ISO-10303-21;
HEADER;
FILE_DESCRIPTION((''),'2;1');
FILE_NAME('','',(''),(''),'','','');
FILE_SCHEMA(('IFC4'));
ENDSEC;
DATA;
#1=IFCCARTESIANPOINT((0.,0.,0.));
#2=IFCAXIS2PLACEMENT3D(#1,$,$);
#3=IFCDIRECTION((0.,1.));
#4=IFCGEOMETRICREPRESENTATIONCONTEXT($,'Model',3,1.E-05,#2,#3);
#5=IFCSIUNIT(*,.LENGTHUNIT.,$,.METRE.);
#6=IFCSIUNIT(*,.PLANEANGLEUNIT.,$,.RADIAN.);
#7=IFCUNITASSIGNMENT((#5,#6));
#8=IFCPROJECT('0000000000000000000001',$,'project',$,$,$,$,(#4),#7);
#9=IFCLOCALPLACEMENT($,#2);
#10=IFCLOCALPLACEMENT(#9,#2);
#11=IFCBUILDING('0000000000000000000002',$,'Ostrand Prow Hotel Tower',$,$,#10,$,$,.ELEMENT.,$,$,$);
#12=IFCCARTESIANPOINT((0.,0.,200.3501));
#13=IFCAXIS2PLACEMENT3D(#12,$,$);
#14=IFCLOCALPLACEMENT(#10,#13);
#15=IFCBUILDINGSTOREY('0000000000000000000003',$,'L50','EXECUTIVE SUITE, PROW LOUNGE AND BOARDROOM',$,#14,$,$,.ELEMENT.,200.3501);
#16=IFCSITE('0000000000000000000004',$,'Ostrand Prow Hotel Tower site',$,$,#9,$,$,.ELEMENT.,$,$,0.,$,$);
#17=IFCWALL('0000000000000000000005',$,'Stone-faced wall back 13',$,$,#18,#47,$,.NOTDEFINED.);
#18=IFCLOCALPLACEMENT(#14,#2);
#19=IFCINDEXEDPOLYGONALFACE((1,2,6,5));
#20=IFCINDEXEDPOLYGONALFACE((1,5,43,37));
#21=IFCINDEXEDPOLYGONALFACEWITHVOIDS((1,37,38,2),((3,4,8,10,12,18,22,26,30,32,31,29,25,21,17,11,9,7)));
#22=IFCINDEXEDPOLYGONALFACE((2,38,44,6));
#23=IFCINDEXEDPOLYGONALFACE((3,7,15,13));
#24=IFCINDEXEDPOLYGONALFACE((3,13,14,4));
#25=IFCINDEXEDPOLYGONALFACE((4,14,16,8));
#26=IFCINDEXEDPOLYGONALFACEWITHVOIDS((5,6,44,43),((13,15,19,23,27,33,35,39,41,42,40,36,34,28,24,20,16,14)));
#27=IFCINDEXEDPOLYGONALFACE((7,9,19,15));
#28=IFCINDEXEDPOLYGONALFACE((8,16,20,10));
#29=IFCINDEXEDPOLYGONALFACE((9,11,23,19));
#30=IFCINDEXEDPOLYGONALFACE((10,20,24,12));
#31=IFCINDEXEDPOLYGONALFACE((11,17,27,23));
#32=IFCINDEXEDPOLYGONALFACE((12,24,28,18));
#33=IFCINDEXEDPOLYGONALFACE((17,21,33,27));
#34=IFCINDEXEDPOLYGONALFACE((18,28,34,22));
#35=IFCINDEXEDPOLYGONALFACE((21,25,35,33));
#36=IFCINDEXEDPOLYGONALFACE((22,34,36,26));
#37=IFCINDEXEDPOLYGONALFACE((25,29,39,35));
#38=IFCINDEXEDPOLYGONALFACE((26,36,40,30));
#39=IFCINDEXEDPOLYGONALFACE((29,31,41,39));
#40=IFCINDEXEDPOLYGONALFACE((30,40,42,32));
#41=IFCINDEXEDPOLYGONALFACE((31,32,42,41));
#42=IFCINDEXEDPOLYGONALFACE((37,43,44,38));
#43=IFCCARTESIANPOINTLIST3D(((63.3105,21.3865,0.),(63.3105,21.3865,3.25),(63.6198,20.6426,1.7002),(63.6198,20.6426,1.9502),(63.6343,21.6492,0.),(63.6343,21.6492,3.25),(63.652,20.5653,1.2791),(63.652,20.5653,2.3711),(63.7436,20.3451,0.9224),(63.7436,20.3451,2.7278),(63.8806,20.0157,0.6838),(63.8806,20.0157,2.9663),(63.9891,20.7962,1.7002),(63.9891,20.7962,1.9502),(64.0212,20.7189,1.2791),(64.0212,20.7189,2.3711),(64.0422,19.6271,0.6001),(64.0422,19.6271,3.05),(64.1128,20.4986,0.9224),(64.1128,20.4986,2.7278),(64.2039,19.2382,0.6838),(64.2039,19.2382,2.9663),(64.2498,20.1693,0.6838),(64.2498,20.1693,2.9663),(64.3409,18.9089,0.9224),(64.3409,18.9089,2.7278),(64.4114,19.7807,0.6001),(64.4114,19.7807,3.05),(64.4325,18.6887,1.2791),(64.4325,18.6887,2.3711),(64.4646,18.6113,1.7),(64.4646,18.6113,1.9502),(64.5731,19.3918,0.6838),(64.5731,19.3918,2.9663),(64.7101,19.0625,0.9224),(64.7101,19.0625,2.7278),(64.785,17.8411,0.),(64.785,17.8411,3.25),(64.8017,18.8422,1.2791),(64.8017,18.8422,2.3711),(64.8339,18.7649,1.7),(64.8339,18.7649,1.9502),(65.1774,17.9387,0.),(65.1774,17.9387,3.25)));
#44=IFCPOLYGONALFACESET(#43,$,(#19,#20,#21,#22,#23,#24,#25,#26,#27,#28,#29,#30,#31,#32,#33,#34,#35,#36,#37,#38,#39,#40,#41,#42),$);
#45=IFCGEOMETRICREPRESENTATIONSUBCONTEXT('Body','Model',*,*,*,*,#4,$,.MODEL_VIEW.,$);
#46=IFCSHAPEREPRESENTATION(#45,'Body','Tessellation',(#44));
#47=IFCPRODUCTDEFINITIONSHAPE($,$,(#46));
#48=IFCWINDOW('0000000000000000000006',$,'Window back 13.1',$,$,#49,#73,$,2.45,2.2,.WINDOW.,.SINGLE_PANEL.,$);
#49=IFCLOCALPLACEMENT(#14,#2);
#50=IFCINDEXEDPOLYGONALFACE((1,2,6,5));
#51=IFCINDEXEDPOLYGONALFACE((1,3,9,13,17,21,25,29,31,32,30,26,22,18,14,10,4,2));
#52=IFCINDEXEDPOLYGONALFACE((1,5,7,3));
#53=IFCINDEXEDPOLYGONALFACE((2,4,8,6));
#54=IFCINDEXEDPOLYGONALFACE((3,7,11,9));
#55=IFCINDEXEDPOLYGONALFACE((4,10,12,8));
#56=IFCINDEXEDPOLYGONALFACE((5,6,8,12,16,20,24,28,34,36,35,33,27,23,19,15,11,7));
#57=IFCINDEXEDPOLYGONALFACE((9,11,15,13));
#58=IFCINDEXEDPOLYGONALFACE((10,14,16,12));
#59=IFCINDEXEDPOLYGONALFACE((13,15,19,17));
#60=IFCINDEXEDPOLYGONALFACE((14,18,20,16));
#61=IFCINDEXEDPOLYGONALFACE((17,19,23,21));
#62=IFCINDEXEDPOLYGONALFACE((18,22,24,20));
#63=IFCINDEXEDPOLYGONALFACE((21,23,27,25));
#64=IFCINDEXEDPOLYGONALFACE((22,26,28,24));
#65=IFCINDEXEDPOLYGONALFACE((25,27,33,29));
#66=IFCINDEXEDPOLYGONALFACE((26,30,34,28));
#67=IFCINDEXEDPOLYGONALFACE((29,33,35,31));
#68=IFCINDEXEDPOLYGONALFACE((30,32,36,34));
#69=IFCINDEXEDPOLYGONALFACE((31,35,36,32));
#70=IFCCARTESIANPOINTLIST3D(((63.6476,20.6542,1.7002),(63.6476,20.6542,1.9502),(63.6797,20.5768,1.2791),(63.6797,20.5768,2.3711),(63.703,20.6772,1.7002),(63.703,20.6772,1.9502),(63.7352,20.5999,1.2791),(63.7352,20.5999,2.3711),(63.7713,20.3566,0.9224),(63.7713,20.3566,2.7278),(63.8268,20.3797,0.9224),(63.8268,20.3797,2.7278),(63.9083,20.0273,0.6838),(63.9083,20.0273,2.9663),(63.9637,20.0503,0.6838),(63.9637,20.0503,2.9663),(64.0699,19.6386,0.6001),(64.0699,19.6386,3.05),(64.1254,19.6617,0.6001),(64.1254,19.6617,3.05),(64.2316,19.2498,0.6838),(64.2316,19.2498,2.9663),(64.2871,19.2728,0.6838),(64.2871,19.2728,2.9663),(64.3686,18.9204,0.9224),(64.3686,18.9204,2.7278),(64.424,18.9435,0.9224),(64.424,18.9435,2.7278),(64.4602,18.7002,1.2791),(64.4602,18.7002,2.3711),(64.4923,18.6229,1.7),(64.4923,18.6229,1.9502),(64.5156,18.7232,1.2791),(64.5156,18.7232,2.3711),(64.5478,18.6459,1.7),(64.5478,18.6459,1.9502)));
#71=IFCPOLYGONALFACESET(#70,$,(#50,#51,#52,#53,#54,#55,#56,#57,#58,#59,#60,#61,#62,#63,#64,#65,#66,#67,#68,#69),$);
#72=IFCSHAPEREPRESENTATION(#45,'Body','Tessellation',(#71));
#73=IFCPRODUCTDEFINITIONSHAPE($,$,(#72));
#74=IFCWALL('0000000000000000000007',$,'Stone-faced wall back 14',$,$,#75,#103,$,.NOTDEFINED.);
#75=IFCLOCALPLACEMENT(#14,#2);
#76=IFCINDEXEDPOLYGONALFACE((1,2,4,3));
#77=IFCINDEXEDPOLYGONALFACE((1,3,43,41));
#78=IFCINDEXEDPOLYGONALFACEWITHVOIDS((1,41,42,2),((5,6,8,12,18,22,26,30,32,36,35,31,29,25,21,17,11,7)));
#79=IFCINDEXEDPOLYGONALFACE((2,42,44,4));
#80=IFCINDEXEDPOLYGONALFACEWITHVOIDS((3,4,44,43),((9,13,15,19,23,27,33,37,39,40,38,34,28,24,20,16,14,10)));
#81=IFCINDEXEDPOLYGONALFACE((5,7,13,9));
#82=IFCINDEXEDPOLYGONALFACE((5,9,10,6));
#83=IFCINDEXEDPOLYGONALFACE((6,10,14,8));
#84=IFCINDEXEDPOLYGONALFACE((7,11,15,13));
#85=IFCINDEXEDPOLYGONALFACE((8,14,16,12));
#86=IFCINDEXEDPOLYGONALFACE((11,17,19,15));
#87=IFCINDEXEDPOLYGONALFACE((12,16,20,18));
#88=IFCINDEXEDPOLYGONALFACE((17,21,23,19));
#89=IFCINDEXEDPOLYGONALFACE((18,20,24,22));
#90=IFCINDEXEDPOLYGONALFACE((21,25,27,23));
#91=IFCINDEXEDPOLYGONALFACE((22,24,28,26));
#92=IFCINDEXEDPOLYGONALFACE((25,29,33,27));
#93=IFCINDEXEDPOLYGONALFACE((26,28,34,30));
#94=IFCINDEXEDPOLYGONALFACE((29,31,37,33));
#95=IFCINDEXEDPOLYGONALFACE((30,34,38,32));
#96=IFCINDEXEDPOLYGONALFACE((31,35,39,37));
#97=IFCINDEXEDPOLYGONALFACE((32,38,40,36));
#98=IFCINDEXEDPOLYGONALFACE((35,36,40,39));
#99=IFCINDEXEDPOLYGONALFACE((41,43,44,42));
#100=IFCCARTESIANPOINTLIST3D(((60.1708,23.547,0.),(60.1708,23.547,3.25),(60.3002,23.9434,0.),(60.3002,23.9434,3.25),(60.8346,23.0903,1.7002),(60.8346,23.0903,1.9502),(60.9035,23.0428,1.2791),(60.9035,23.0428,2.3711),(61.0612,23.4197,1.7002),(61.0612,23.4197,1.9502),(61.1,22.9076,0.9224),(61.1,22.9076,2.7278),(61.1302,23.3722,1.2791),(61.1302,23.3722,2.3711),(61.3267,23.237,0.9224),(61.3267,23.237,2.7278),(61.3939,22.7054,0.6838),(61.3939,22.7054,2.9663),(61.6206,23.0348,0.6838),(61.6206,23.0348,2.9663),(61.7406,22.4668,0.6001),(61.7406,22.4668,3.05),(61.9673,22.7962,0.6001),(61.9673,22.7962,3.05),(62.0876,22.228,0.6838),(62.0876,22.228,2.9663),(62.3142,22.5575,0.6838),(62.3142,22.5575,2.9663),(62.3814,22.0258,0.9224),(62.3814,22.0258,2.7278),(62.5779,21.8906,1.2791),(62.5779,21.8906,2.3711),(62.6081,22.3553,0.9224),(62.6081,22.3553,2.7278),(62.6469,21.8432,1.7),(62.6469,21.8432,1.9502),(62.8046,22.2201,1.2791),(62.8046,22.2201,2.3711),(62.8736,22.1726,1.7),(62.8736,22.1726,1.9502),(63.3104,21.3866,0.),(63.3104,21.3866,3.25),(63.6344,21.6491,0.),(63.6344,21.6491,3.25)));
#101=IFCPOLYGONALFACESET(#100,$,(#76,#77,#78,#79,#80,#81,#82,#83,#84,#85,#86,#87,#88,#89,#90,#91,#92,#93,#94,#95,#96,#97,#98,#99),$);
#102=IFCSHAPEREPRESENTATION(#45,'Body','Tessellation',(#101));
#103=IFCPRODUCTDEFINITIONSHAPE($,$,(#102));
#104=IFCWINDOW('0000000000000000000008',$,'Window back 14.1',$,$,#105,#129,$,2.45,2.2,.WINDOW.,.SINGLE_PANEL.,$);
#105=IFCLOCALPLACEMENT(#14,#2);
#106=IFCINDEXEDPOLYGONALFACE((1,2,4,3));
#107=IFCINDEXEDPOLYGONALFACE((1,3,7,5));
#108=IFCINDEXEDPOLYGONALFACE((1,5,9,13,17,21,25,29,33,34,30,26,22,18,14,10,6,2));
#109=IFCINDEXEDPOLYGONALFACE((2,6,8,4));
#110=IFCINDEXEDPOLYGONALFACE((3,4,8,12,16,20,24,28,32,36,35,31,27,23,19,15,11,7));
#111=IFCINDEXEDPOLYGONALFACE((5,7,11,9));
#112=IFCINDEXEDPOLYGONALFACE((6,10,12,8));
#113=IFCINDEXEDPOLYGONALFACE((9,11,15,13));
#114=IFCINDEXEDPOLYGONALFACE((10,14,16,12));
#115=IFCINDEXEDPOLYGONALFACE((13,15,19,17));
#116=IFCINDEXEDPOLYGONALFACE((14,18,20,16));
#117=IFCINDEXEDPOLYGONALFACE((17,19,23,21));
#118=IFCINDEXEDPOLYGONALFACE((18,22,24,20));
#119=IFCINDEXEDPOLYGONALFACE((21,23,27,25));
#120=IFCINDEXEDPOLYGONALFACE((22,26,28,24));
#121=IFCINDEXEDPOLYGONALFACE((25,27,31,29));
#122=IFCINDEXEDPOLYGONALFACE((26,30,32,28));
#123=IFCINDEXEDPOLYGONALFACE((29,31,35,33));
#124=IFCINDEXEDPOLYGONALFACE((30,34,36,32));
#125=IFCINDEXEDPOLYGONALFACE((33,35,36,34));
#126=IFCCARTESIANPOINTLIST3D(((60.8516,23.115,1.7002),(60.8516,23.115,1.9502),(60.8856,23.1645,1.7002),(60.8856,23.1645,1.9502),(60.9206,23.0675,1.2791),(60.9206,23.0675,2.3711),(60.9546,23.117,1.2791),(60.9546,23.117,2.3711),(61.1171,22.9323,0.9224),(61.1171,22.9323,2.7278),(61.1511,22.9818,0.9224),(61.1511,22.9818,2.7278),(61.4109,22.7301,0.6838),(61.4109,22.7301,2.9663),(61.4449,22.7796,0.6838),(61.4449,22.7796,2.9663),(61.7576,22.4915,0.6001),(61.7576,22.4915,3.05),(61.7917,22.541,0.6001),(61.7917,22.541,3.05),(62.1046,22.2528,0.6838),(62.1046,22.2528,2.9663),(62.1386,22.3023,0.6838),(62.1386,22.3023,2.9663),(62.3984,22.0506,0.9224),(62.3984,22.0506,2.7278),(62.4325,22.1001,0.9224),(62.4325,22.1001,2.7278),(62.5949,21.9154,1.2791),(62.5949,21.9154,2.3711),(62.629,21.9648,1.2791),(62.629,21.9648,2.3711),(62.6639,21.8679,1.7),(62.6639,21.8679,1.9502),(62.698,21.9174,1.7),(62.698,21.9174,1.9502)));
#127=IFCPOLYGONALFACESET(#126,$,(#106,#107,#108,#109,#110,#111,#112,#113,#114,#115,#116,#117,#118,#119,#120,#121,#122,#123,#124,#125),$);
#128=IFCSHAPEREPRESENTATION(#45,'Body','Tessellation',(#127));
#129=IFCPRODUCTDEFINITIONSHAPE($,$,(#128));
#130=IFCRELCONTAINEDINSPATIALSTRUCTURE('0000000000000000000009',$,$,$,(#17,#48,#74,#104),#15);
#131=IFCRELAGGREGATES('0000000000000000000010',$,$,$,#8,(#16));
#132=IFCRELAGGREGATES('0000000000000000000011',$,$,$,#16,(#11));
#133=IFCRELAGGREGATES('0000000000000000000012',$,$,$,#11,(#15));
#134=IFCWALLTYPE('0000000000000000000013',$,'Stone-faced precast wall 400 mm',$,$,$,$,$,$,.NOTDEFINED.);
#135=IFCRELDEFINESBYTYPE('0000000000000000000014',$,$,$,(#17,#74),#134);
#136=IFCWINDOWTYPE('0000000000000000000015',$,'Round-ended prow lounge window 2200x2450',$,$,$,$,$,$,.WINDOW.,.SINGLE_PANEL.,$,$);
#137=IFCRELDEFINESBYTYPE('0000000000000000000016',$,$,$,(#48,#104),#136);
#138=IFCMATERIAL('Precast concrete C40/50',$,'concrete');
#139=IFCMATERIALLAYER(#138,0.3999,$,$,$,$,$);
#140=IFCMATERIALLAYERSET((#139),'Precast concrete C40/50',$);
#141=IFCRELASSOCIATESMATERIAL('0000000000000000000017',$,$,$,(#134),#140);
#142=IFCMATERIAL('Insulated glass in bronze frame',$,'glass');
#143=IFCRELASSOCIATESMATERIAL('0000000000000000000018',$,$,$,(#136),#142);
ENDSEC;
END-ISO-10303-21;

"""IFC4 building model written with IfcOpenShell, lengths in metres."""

from ifc_helpers import new_model, si_unit, direction, frame, origin, place, context, subcontext, project, spatial, polyline, outline, extrude, material, layer, layer_set, type_object, element, fill, save


model = new_model("IFC4")

# Units and contexts
model_context = context("Model", 3, precision=1e-05, world=origin(), true_north=direction((0.0, 1.0)))
body_context = subcontext(model_context, "Body", "Model", "MODEL_VIEW")
ifc_project = project(units=[si_unit("LENGTHUNIT", "METRE"), si_unit("PLANEANGLEUNIT", "RADIAN")], contexts=[model_context])

# Site, building, storey
site_placement = place(None, origin())
site = spatial("IfcSite", under=ifc_project, at=site_placement, Name="Ostrand Prow Hotel Tower site", CompositionType="ELEMENT", RefElevation=0.0)
building_placement = place(site_placement, origin())
building = spatial("IfcBuilding", under=site, at=building_placement, Name="Ostrand Prow Hotel Tower", CompositionType="ELEMENT")
storey_placement = place(building_placement, frame((0.0, 0.0, 200.3501)))
storey = spatial("IfcBuildingStorey", under=building, at=storey_placement, Name="L50", Description="EXECUTIVE SUITE, PROW LOUNGE AND BOARDROOM", CompositionType="ELEMENT", Elevation=200.3501)

# Walls, openings, windows
ifc_material_1 = material(Name="Precast concrete C40/50", Category="concrete")
ifc_layer_1 = layer(ifc_material_1, 0.3999)
ifc_layer_set_1 = layer_set([ifc_layer_1], Name="Precast concrete C40/50")
wall_type_1 = type_object("IfcWallType", Name="Stone-faced precast wall 400 mm", PredefinedType="NOTDEFINED", material=ifc_layer_set_1)
wall_1_placement = place(storey_placement, frame((64.9812, 17.8899, 0.0), z_axis=(0.0, 0.0, 1.0), x_axis=(-0.383998, 0.923334, 0.0)))
wall_1 = element("IfcWall", 1, at=wall_1_placement, inside=storey, type_object=wall_type_1, Name="Stone-faced wall back 13", PredefinedType="NOTDEFINED", context=body_context, shape_type="SweptSolid", body=[
    extrude(outline(polyline([(-0.0303, -0.2), (3.9883, -0.2), (3.8701, 0.2), (0.0303, 0.2), (-0.0303, -0.2)])), origin(), (0.0, 0.0, 1.0), 3.25),
])
opening_1_placement = place(wall_1_placement, frame((0.8645, 0.0, 0.6001)))
opening_1 = element("IfcOpeningElement", 2, at=opening_1_placement, cuts=wall_1, PredefinedType="OPENING", context=body_context, shape_type="SweptSolid", body=[
    extrude(outline(polyline([(0.0, 1.3501), (0.0837, 1.771), (0.3223, 2.1277), (0.679, 2.3662), (1.1001, 2.45), (1.521, 2.3662), (1.8777, 2.1277), (2.1162, 1.771), (2.2, 1.3501), (2.2, 1.1001), (2.1162, 0.679), (1.8777, 0.3223), (1.521, 0.0837), (1.1001, 0.0), (0.679, 0.0837), (0.3223, 0.3223), (0.0837, 0.679), (0.0, 1.0999), (0.0, 1.3501)])), frame((0.0, 0.21, 0.0), z_axis=(0.0, -1.0, 0.0), x_axis=(1.0, 0.0, 0.0)), (0.0, 0.0, 1.0), 0.4199),
])
ifc_material_2 = material(Name="Insulated glass in bronze frame", Category="glass")
window_type = type_object("IfcWindowType", Name="Round-ended prow lounge window 2200x2450", PartitioningType="SINGLE_PANEL", PredefinedType="WINDOW", material=ifc_material_2)
window_1_placement = place(opening_1_placement, origin())
window_1 = element("IfcWindow", 3, at=window_1_placement, inside=storey, type_object=window_type, Name="Window back 13.1", OverallHeight=2.45, OverallWidth=2.2, PartitioningType="SINGLE_PANEL", PredefinedType="WINDOW", context=body_context, shape_type="SweptSolid", body=[
    extrude(outline(polyline([(0.0, 1.3501), (0.0837, 1.771), (0.3223, 2.1277), (0.679, 2.3662), (1.1001, 2.45), (1.521, 2.3662), (1.8777, 2.1277), (2.1162, 1.771), (2.2, 1.3501), (2.2, 1.1001), (2.1162, 0.679), (1.8777, 0.3223), (1.521, 0.0837), (1.1001, 0.0), (0.679, 0.0837), (0.3223, 0.3223), (0.0837, 0.679), (0.0, 1.0999), (0.0, 1.3501)])), frame((0.0, 0.1699, 0.0), z_axis=(0.0, -1.0, 0.0), x_axis=(1.0, 0.0, 0.0)), (0.0, 0.0, 1.0), 0.0601),
])
fill(opening_1, window_1)
wall_2_placement = place(storey_placement, frame((63.4724, 21.5178, 0.0), z_axis=(0.0, 0.0, 1.0), x_axis=(-0.823806, 0.566872, 0.0)))
wall_2 = element("IfcWall", 4, at=wall_2_placement, inside=storey, type_object=wall_type_1, Name="Stone-faced wall back 14", PredefinedType="NOTDEFINED", context=body_context, shape_type="SweptSolid", body=[
    extrude(outline(polyline([(-0.0591, -0.2), (3.9883, -0.2), (3.8701, 0.2), (0.0591, 0.2), (-0.0591, -0.2)])), origin(), (0.0, 0.0, 1.0), 3.25),
])
opening_2_placement = place(wall_2_placement, frame((0.8645, 0.0, 0.6001)))
opening_2 = element("IfcOpeningElement", 5, at=opening_2_placement, cuts=wall_2, PredefinedType="OPENING", context=body_context, shape_type="SweptSolid", body=[
    extrude(outline(polyline([(0.0, 1.3501), (0.0837, 1.771), (0.3223, 2.1277), (0.679, 2.3662), (1.1001, 2.45), (1.521, 2.3662), (1.8777, 2.1277), (2.1162, 1.771), (2.2, 1.3501), (2.2, 1.1001), (2.1162, 0.679), (1.8777, 0.3223), (1.521, 0.0837), (1.1001, 0.0), (0.679, 0.0837), (0.3223, 0.3223), (0.0837, 0.679), (0.0, 1.0999), (0.0, 1.3501)])), frame((0.0, 0.21, 0.0), z_axis=(0.0, -1.0, 0.0), x_axis=(1.0, 0.0, 0.0)), (0.0, 0.0, 1.0), 0.4199),
])
window_2_placement = place(opening_2_placement, origin())
window_2 = element("IfcWindow", 6, at=window_2_placement, inside=storey, type_object=window_type, Name="Window back 14.1", OverallHeight=2.45, OverallWidth=2.2, PartitioningType="SINGLE_PANEL", PredefinedType="WINDOW", context=body_context, shape_type="SweptSolid", body=[
    extrude(outline(polyline([(0.0, 1.3501), (0.0837, 1.771), (0.3223, 2.1277), (0.679, 2.3662), (1.1001, 2.45), (1.521, 2.3662), (1.8777, 2.1277), (2.1162, 1.771), (2.2, 1.3501), (2.2, 1.1001), (2.1162, 0.679), (1.8777, 0.3223), (1.521, 0.0837), (1.1001, 0.0), (0.679, 0.0837), (0.3223, 0.3223), (0.0837, 0.679), (0.0, 1.0999), (0.0, 1.3501)])), frame((0.0, 0.1699, 0.0), z_axis=(0.0, -1.0, 0.0), x_axis=(1.0, 0.0, 0.0)), (0.0, 0.0, 1.0), 0.0601),
])
fill(opening_2, window_2)

save(model, "model.ifc")
